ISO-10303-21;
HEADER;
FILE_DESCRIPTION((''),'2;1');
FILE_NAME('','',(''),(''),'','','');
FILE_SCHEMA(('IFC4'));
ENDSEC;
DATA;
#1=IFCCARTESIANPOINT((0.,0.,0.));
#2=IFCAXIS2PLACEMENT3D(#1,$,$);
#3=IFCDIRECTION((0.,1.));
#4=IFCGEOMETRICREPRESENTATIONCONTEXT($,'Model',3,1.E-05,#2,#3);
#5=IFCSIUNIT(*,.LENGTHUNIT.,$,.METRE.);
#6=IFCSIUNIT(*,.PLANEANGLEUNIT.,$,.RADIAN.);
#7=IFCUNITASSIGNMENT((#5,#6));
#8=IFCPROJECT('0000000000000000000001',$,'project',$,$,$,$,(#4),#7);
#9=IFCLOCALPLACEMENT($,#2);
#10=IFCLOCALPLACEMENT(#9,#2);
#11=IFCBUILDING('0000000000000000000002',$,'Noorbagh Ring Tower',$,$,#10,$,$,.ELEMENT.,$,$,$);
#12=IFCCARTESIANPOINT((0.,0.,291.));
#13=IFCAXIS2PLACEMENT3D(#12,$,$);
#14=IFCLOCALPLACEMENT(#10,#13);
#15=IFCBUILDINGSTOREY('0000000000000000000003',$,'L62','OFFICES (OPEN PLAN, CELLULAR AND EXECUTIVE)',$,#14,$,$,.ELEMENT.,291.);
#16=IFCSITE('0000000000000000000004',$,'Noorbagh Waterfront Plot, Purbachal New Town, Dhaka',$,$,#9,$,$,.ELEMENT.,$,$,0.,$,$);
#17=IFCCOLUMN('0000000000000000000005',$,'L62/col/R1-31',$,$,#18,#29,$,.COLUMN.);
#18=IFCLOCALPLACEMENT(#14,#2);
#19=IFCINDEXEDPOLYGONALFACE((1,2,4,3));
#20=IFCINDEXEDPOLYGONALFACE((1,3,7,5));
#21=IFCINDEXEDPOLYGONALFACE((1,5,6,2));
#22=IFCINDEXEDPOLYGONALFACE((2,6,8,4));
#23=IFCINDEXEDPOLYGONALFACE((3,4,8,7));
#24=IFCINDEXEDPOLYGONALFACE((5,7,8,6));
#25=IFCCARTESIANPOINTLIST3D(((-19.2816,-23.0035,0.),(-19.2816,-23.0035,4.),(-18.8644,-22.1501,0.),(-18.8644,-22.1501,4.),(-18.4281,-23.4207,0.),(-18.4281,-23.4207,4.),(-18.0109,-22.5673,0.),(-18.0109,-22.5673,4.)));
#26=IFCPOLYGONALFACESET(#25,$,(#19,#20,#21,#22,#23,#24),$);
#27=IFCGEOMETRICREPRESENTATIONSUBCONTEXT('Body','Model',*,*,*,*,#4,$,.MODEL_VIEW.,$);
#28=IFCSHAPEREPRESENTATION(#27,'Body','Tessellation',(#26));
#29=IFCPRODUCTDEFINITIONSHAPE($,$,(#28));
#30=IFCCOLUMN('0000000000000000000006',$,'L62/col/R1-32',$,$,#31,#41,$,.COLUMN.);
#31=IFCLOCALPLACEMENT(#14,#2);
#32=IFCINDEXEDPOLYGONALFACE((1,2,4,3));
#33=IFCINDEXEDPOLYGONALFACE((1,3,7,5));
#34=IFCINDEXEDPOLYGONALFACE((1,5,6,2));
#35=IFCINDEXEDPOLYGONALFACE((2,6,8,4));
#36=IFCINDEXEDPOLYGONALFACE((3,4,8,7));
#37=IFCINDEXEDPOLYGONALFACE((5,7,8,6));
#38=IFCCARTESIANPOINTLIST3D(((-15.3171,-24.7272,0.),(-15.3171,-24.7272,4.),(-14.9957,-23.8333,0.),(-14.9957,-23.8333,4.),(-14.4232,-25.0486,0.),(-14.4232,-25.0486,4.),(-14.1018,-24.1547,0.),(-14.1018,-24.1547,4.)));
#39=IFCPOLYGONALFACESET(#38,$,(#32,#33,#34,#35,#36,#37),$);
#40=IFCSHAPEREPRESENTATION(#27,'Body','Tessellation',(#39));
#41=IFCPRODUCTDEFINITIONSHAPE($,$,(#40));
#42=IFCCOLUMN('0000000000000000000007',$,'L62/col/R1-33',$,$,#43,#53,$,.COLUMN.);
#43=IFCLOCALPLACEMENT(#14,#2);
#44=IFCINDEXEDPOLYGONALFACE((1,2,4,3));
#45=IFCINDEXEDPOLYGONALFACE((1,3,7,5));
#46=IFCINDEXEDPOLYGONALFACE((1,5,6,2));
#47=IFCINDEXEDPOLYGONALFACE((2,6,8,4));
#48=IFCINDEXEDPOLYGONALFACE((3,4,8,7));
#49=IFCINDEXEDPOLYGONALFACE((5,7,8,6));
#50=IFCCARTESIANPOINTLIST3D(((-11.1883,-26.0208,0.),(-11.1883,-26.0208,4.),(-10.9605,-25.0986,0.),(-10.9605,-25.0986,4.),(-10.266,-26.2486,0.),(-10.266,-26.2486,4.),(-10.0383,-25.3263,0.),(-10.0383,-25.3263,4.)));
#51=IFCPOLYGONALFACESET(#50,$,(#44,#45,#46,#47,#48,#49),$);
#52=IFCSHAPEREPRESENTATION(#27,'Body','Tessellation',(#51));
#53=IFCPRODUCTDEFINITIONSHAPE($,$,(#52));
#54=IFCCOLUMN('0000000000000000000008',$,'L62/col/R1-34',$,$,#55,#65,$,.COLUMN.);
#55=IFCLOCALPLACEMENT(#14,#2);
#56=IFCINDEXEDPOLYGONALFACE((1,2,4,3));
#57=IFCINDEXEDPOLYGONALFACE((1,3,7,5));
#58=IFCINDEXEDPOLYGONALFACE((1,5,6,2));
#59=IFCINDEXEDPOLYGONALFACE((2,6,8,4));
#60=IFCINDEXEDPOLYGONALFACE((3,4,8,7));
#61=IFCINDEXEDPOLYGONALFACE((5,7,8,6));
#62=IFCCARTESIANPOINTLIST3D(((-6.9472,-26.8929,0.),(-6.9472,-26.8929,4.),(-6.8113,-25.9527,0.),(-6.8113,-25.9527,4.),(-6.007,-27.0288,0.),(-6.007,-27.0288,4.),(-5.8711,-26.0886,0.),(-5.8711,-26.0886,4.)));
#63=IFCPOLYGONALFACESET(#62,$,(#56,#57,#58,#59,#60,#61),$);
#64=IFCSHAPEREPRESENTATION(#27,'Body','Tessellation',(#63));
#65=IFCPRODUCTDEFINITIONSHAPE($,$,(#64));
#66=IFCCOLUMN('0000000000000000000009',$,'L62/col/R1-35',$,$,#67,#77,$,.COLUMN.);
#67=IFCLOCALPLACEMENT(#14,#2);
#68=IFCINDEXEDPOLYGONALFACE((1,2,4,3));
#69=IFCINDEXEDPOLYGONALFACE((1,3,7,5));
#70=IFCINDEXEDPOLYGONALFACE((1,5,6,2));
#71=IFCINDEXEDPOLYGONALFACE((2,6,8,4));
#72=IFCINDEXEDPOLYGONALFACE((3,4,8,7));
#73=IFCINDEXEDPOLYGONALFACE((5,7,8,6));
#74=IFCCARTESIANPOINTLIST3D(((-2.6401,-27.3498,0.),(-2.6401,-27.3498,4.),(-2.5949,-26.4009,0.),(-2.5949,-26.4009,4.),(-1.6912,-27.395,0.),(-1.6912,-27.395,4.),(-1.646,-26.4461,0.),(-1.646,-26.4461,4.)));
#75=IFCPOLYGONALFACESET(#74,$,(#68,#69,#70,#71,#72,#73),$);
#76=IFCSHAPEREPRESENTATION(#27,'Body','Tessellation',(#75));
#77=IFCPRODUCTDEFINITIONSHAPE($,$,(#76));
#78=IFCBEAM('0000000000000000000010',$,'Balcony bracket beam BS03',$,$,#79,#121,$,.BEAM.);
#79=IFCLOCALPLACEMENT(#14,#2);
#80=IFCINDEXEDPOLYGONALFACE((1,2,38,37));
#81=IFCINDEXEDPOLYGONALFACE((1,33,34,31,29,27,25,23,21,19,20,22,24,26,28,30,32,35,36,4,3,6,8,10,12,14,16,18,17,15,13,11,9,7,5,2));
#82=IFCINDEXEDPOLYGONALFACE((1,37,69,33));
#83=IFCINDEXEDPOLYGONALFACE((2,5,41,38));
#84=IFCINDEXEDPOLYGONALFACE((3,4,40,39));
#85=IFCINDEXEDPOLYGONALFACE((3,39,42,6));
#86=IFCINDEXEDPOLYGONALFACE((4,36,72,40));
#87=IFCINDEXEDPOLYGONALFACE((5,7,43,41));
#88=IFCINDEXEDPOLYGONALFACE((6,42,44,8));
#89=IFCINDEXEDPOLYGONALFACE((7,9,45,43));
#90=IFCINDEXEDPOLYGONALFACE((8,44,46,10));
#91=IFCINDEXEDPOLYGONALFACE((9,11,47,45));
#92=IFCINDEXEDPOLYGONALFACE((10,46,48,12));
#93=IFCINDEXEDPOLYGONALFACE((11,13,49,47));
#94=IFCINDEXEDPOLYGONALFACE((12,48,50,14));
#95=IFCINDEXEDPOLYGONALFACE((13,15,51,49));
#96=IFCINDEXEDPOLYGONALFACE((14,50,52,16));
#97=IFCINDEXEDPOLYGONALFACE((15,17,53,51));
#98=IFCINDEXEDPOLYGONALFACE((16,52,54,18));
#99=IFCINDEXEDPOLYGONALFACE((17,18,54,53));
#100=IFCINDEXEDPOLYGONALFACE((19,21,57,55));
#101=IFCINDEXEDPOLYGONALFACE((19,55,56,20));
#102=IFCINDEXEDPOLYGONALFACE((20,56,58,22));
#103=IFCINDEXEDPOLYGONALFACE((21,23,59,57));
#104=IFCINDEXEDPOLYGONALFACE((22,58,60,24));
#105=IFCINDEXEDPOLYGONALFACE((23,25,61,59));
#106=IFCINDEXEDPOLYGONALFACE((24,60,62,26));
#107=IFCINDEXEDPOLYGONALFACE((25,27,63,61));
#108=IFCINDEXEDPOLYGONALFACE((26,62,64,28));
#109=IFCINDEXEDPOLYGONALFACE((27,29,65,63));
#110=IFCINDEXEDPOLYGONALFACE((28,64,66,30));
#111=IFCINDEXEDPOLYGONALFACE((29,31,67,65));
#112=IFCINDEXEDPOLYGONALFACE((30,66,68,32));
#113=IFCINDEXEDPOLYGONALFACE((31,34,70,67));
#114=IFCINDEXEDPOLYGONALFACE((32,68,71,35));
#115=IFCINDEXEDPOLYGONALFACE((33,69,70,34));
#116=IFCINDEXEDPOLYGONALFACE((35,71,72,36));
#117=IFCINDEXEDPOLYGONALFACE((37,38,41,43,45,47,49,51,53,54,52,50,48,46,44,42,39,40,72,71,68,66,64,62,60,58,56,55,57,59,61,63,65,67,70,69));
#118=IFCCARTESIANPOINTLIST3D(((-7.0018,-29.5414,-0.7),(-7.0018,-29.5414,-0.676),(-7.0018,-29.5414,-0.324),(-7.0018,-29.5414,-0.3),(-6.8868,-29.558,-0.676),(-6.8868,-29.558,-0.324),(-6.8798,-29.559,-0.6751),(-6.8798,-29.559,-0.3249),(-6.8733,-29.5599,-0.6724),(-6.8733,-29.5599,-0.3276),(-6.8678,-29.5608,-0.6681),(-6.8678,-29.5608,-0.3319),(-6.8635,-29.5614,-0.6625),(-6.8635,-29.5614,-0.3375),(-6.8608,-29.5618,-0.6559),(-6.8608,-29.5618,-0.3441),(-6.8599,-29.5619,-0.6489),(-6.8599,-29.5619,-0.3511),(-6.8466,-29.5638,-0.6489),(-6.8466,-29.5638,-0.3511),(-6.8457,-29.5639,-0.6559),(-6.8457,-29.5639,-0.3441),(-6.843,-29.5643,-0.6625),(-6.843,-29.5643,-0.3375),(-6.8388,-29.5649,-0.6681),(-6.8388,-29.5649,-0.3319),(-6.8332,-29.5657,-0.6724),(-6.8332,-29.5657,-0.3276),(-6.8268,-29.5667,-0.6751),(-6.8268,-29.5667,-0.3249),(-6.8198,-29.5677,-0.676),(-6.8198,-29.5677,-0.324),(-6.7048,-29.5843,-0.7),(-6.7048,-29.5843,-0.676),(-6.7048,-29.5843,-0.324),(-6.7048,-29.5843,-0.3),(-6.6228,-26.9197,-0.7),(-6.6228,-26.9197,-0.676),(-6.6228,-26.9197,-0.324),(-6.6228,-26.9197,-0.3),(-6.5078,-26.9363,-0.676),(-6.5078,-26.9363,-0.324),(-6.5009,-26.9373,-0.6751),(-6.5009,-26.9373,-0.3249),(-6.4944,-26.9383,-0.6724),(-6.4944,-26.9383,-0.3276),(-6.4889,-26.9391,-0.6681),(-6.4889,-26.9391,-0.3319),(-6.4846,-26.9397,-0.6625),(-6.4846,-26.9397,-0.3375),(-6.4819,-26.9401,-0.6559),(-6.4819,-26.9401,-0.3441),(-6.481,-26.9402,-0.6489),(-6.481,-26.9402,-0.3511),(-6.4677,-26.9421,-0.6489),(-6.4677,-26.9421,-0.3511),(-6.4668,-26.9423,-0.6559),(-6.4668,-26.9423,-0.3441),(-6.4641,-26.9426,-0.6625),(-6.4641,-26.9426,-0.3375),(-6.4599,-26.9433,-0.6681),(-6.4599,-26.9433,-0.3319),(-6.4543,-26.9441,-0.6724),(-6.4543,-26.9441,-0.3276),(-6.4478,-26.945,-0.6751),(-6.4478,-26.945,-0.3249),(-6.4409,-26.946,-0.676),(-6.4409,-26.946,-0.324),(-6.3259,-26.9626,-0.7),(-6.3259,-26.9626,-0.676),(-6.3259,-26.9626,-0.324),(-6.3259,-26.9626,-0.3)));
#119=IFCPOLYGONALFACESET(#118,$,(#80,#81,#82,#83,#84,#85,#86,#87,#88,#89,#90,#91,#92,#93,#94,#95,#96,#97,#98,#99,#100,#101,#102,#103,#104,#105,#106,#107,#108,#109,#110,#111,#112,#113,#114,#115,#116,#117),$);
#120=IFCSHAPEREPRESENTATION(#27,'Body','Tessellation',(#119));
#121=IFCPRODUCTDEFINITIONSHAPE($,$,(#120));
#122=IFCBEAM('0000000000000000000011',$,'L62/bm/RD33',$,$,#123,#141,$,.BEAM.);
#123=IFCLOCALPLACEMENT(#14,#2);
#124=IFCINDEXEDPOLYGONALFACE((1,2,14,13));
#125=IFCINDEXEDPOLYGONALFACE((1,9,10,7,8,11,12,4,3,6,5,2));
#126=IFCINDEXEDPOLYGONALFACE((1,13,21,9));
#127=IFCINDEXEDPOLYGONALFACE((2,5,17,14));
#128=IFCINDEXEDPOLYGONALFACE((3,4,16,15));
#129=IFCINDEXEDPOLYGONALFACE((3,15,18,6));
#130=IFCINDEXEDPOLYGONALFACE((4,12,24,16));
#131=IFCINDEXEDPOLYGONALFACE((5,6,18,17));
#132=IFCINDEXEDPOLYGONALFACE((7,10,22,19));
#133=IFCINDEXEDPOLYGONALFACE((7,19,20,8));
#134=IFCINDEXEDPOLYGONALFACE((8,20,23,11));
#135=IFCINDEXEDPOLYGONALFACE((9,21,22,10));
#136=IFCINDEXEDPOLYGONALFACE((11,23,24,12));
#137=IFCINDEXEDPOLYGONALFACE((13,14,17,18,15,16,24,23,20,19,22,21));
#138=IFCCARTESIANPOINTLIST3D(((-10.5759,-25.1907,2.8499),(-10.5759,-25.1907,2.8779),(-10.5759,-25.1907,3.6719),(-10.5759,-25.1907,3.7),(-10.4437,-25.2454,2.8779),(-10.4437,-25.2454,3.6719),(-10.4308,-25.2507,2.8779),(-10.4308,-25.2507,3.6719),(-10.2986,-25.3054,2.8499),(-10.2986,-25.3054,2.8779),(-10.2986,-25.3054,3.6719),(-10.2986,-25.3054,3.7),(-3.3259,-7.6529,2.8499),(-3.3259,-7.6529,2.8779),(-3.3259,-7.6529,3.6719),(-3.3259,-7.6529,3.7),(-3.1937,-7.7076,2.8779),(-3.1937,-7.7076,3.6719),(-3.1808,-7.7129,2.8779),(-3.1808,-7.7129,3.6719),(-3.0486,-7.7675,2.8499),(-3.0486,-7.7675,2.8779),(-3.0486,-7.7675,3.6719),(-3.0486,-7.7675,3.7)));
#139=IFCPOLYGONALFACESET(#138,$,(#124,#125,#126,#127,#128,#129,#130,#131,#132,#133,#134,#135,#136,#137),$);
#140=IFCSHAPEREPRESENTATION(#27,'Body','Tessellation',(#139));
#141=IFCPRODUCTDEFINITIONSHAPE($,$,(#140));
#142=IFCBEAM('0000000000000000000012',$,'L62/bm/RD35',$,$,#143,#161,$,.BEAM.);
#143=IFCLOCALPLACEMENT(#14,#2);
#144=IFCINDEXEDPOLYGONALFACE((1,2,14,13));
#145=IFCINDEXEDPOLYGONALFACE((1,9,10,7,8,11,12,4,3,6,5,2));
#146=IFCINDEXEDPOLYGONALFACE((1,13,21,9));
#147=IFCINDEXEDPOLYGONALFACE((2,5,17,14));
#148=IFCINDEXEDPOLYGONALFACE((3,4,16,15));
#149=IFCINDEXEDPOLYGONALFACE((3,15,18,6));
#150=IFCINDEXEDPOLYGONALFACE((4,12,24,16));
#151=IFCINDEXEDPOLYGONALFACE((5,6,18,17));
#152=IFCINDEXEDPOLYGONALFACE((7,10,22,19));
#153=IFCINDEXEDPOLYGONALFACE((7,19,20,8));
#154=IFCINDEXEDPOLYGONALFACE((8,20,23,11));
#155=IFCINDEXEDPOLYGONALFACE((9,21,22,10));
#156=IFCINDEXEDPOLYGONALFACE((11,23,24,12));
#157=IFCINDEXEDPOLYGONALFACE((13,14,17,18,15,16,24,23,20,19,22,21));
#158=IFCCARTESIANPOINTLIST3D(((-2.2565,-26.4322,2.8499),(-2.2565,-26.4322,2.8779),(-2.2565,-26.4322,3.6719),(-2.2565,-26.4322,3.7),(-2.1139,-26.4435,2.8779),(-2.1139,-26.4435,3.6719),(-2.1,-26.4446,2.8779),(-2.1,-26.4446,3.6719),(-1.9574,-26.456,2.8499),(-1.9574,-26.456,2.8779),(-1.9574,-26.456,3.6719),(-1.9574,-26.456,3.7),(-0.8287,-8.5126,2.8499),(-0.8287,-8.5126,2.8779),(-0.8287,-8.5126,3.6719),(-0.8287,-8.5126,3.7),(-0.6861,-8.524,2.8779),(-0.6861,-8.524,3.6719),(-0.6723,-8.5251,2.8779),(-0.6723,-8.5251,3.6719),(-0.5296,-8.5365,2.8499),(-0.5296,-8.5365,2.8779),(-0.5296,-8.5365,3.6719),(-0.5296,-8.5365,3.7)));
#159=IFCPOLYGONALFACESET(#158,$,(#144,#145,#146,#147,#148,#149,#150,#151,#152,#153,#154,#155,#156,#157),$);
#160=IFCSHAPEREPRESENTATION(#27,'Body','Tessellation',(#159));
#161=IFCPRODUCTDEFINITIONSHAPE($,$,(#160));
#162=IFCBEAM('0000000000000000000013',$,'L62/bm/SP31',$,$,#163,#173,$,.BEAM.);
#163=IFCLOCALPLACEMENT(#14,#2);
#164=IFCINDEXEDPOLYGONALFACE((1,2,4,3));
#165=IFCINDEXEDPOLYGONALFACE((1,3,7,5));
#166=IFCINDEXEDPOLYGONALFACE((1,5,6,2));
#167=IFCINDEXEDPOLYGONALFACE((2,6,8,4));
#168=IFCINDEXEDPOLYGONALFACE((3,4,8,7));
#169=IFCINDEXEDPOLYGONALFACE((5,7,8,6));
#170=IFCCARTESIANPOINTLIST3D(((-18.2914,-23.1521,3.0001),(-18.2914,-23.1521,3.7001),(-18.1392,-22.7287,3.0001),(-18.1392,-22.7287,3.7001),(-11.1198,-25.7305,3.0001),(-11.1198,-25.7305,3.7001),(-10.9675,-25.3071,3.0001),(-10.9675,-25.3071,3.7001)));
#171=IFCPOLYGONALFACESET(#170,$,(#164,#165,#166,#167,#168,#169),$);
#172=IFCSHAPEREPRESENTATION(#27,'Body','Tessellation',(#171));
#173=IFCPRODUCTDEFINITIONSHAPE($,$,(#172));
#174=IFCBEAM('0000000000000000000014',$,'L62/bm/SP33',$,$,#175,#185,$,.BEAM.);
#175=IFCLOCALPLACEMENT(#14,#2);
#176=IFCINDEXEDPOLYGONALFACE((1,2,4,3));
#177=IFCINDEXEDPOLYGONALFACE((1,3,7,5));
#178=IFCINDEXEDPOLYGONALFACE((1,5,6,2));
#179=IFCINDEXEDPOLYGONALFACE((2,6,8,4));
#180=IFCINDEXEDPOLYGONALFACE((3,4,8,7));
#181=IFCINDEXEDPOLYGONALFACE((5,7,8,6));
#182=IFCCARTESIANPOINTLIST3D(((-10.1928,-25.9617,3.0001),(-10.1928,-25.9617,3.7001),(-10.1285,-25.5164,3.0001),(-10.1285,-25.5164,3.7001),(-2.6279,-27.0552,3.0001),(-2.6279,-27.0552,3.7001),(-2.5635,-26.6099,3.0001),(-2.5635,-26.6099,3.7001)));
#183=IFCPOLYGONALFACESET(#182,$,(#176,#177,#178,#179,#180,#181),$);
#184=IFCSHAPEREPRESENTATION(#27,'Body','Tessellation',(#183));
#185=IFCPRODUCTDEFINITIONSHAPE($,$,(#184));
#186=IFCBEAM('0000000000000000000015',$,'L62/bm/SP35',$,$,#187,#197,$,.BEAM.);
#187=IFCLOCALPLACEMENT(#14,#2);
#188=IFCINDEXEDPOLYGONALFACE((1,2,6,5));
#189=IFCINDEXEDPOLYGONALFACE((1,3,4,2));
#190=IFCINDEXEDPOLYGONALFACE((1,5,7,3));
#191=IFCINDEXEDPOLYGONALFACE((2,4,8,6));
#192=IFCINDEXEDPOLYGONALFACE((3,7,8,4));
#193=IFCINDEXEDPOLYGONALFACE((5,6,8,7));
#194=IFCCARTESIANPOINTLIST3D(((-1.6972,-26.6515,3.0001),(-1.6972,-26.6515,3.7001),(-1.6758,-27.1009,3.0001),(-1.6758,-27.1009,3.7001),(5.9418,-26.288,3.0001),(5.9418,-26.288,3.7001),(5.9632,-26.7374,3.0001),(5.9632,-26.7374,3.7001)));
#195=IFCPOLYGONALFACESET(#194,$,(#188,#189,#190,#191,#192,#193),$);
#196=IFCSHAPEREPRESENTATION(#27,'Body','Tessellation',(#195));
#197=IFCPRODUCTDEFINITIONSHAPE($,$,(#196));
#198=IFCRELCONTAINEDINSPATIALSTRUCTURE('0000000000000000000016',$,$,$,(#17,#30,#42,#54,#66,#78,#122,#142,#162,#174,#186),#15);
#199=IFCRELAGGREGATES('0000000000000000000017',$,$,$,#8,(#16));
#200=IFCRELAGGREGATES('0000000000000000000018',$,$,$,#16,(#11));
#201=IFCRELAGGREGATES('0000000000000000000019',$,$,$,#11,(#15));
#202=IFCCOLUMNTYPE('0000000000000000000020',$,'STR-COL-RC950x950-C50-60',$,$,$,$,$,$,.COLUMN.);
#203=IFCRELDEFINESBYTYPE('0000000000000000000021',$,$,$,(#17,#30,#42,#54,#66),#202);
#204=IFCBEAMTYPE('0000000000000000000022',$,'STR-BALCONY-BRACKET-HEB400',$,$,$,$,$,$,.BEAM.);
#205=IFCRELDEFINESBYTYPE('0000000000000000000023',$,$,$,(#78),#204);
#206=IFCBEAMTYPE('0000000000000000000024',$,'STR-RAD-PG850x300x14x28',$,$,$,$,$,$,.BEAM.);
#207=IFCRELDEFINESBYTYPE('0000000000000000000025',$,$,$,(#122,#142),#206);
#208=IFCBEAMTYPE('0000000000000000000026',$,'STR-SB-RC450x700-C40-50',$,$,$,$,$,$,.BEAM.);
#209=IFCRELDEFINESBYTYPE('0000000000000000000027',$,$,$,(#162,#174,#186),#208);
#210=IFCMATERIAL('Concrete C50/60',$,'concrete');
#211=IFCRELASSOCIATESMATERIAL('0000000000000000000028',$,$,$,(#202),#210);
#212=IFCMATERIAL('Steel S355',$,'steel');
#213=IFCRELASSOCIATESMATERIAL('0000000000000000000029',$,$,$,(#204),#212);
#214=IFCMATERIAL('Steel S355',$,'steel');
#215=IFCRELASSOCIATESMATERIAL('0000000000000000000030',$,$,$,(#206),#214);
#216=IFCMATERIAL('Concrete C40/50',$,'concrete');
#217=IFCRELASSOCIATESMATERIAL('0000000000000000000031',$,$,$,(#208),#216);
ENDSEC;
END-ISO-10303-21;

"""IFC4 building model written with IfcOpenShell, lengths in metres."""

from ifc_helpers import new_model, si_unit, direction, frame, origin, origin_2d, place, context, subcontext, project, spatial, rectangle, i_section, extrude, material, material_profile, profile_set, type_object, element, save


model = new_model("IFC4")

# Units and contexts
model_context = context("Model", 3, precision=1e-05, world=origin(), true_north=direction((0.0, 1.0)))
body_context = subcontext(model_context, "Body", "Model", "MODEL_VIEW")
ifc_project = project(units=[si_unit("LENGTHUNIT", "METRE"), si_unit("PLANEANGLEUNIT", "RADIAN")], contexts=[model_context])

# Site, building, storey
site_placement = place(None, origin())
site = spatial("IfcSite", under=ifc_project, at=site_placement, Name="Noorbagh Waterfront Plot, Purbachal New Town, Dhaka", CompositionType="ELEMENT", RefElevation=0.0)
building_placement = place(site_placement, origin())
building = spatial("IfcBuilding", under=site, at=building_placement, Name="Noorbagh Ring Tower", CompositionType="ELEMENT")
storey_placement = place(building_placement, frame((0.0, 0.0, 291.0)))
storey = spatial("IfcBuildingStorey", under=building, at=storey_placement, Name="L62", Description="OFFICES (OPEN PLAN, CELLULAR AND EXECUTIVE)", CompositionType="ELEMENT", Elevation=291.0)

# Columns
ifc_material_1 = material(Name="Concrete C50/60", Category="concrete")
ifc_material_profile_1 = material_profile(ifc_material_1, rectangle(XDim=0.95, YDim=0.95, at=origin_2d()), Name="RC950x950")
ifc_profile_set_1 = profile_set([ifc_material_profile_1], Name="Concrete C50/60")
column_type = type_object("IfcColumnType", Name="STR-COL-RC950x950-C50-60", PredefinedType="COLUMN", material=ifc_profile_set_1)
for number, where, z_axis, x_axis, name in (
    (1, (-18.6462, -22.7854, 0.0), (0.0, 0.0, 1.0), (0.898399, -0.43918, 0.0), "L62/col/R1-31"),
    (2, (-14.7095, -24.4409, 0.0), (0.0, 0.0, 1.0), (0.941025, -0.338338, 0.0), "L62/col/R1-32"),
    (3, (-10.6133, -25.6736, 0.0), (0.0, 0.0, 1.0), (0.970829, -0.239771, 0.0), "L62/col/R1-33"),
    (4, (-6.4092, -26.4907, 0.0), (0.0, 0.0, 1.0), (0.989713, -0.143066, 0.0), "L62/col/R1-34"),
    (5, (-2.1431, -26.8979, 0.0), (0.0, 0.0, 1.0), (0.998869, -0.047553, 0.0), "L62/col/R1-35"),
):
    element("IfcColumn", number, at=place(storey_placement, frame(where, z_axis=z_axis, x_axis=x_axis)), inside=storey, type_object=column_type, Name=name, PredefinedType="COLUMN", context=body_context, shape_type="SweptSolid", body=[
        extrude(rectangle(XDim=0.95, YDim=0.95, at=origin_2d()), origin(), (0.0, 0.0, 1.0), 4.0),
    ])

# Beams
ifc_material_2 = material(Name="Steel S355", Category="steel")
ifc_material_profile_2 = material_profile(ifc_material_2, i_section(OverallWidth=0.3, OverallDepth=0.3999, WebThickness=0.0134, FlangeThickness=0.0239, FilletRadius=0.0271, at=origin_2d()), Name="HEB400")
ifc_profile_set_2 = profile_set([ifc_material_profile_2], Name="Steel S355")
beam_type_1 = type_object("IfcBeamType", Name="STR-BALCONY-BRACKET-HEB400", PredefinedType="BEAM", material=ifc_profile_set_2)
beam_1_placement = place(storey_placement, frame((-6.4744, -26.9412, -0.5), z_axis=(-0.143047, -0.989716, 0.0), x_axis=(0.989716, -0.143047, 0.0)))
element("IfcBeam", 6, at=beam_1_placement, inside=storey, type_object=beam_type_1, Name="Balcony bracket beam BS03", PredefinedType="BEAM", context=body_context, shape_type="SweptSolid", body=[
    extrude(i_section(OverallWidth=0.3, OverallDepth=0.3999, WebThickness=0.0134, FlangeThickness=0.0239, FilletRadius=0.0271, at=origin_2d()), origin(), (0.0, 0.0, 1.0), 2.6489),
])
ifc_material_3 = material(Name="Steel S355", Category="steel")
ifc_material_profile_3 = material_profile(ifc_material_3, i_section(OverallWidth=0.3, OverallDepth=0.8501, WebThickness=0.0139, FlangeThickness=0.0281, at=origin_2d()), Name="PG850x300x14x28")
ifc_profile_set_3 = profile_set([ifc_material_profile_3], Name="Steel S355")
beam_type_2 = type_object("IfcBeamType", Name="STR-RAD-PG850x300x14x28", PredefinedType="BEAM", material=ifc_profile_set_3)
beam_2_placement = place(storey_placement, frame((-10.4373, -25.248, 3.2749), z_axis=(0.382035, 0.924148, 0.0), x_axis=(-0.924148, 0.382035, 0.0)))
element("IfcBeam", 7, at=beam_2_placement, inside=storey, type_object=beam_type_2, Name="L62/bm/RD33", PredefinedType="BEAM", context=body_context, shape_type="SweptSolid", body=[
    extrude(i_section(OverallWidth=0.3, OverallDepth=0.8501, WebThickness=0.0139, FlangeThickness=0.0281, at=origin_2d()), origin(), (0.0, 0.0, 1.0), 18.9773),
])
beam_3_placement = place(storey_placement, frame((-2.1069, -26.4441, 3.2749), z_axis=(0.079423, 0.996841, 0.0), x_axis=(-0.996841, 0.079423, 0.0)))
element("IfcBeam", 8, at=beam_3_placement, inside=storey, type_object=beam_type_2, Name="L62/bm/RD35", PredefinedType="BEAM", context=body_context, shape_type="SweptSolid", body=[
    extrude(i_section(OverallWidth=0.3, OverallDepth=0.8501, WebThickness=0.0139, FlangeThickness=0.0281, at=origin_2d()), origin(), (0.0, 0.0, 1.0), 17.9763),
])
ifc_material_4 = material(Name="Concrete C40/50", Category="concrete")
ifc_material_profile_4 = material_profile(ifc_material_4, rectangle(XDim=0.45, YDim=0.7, at=origin_2d()), Name="RC450x700")
ifc_profile_set_4 = profile_set([ifc_material_profile_4], Name="Concrete C40/50")
beam_type_3 = type_object("IfcBeamType", Name="STR-SB-RC450x700-C40-50", PredefinedType="BEAM", material=ifc_profile_set_4)
beam_4_placement = place(storey_placement, frame((-18.2153, -22.9404, 3.3501), z_axis=(0.94103, -0.338322, 0.0), x_axis=(0.338322, 0.94103, 0.0)))
element("IfcBeam", 9, at=beam_4_placement, inside=storey, type_object=beam_type_3, Name="L62/bm/SP31", PredefinedType="BEAM", context=body_context, shape_type="SweptSolid", body=[
    extrude(rectangle(XDim=0.45, YDim=0.7, at=origin_2d()), origin(), (0.0, 0.0, 1.0), 7.6211),
])
beam_5_placement = place(storey_placement, frame((-10.1606, -25.739, 3.3501), z_axis=(0.989714, -0.143062, 0.0), x_axis=(0.143062, 0.989714, 0.0)))
element("IfcBeam", 10, at=beam_5_placement, inside=storey, type_object=beam_type_3, Name="L62/bm/SP33", PredefinedType="BEAM", context=body_context, shape_type="SweptSolid", body=[
    extrude(rectangle(XDim=0.45, YDim=0.7, at=origin_2d()), origin(), (0.0, 0.0, 1.0), 7.6436),
])
beam_6_placement = place(storey_placement, frame((-1.6865, -26.8762, 3.3501), z_axis=(0.99887, 0.047533, 0.0), x_axis=(-0.047533, 0.99887, 0.0)))
element("IfcBeam", 11, at=beam_6_placement, inside=storey, type_object=beam_type_3, Name="L62/bm/SP35", PredefinedType="BEAM", context=body_context, shape_type="SweptSolid", body=[
    extrude(rectangle(XDim=0.45, YDim=0.7, at=origin_2d()), origin(), (0.0, 0.0, 1.0), 7.6477),
])

save(model, "model.ifc")
